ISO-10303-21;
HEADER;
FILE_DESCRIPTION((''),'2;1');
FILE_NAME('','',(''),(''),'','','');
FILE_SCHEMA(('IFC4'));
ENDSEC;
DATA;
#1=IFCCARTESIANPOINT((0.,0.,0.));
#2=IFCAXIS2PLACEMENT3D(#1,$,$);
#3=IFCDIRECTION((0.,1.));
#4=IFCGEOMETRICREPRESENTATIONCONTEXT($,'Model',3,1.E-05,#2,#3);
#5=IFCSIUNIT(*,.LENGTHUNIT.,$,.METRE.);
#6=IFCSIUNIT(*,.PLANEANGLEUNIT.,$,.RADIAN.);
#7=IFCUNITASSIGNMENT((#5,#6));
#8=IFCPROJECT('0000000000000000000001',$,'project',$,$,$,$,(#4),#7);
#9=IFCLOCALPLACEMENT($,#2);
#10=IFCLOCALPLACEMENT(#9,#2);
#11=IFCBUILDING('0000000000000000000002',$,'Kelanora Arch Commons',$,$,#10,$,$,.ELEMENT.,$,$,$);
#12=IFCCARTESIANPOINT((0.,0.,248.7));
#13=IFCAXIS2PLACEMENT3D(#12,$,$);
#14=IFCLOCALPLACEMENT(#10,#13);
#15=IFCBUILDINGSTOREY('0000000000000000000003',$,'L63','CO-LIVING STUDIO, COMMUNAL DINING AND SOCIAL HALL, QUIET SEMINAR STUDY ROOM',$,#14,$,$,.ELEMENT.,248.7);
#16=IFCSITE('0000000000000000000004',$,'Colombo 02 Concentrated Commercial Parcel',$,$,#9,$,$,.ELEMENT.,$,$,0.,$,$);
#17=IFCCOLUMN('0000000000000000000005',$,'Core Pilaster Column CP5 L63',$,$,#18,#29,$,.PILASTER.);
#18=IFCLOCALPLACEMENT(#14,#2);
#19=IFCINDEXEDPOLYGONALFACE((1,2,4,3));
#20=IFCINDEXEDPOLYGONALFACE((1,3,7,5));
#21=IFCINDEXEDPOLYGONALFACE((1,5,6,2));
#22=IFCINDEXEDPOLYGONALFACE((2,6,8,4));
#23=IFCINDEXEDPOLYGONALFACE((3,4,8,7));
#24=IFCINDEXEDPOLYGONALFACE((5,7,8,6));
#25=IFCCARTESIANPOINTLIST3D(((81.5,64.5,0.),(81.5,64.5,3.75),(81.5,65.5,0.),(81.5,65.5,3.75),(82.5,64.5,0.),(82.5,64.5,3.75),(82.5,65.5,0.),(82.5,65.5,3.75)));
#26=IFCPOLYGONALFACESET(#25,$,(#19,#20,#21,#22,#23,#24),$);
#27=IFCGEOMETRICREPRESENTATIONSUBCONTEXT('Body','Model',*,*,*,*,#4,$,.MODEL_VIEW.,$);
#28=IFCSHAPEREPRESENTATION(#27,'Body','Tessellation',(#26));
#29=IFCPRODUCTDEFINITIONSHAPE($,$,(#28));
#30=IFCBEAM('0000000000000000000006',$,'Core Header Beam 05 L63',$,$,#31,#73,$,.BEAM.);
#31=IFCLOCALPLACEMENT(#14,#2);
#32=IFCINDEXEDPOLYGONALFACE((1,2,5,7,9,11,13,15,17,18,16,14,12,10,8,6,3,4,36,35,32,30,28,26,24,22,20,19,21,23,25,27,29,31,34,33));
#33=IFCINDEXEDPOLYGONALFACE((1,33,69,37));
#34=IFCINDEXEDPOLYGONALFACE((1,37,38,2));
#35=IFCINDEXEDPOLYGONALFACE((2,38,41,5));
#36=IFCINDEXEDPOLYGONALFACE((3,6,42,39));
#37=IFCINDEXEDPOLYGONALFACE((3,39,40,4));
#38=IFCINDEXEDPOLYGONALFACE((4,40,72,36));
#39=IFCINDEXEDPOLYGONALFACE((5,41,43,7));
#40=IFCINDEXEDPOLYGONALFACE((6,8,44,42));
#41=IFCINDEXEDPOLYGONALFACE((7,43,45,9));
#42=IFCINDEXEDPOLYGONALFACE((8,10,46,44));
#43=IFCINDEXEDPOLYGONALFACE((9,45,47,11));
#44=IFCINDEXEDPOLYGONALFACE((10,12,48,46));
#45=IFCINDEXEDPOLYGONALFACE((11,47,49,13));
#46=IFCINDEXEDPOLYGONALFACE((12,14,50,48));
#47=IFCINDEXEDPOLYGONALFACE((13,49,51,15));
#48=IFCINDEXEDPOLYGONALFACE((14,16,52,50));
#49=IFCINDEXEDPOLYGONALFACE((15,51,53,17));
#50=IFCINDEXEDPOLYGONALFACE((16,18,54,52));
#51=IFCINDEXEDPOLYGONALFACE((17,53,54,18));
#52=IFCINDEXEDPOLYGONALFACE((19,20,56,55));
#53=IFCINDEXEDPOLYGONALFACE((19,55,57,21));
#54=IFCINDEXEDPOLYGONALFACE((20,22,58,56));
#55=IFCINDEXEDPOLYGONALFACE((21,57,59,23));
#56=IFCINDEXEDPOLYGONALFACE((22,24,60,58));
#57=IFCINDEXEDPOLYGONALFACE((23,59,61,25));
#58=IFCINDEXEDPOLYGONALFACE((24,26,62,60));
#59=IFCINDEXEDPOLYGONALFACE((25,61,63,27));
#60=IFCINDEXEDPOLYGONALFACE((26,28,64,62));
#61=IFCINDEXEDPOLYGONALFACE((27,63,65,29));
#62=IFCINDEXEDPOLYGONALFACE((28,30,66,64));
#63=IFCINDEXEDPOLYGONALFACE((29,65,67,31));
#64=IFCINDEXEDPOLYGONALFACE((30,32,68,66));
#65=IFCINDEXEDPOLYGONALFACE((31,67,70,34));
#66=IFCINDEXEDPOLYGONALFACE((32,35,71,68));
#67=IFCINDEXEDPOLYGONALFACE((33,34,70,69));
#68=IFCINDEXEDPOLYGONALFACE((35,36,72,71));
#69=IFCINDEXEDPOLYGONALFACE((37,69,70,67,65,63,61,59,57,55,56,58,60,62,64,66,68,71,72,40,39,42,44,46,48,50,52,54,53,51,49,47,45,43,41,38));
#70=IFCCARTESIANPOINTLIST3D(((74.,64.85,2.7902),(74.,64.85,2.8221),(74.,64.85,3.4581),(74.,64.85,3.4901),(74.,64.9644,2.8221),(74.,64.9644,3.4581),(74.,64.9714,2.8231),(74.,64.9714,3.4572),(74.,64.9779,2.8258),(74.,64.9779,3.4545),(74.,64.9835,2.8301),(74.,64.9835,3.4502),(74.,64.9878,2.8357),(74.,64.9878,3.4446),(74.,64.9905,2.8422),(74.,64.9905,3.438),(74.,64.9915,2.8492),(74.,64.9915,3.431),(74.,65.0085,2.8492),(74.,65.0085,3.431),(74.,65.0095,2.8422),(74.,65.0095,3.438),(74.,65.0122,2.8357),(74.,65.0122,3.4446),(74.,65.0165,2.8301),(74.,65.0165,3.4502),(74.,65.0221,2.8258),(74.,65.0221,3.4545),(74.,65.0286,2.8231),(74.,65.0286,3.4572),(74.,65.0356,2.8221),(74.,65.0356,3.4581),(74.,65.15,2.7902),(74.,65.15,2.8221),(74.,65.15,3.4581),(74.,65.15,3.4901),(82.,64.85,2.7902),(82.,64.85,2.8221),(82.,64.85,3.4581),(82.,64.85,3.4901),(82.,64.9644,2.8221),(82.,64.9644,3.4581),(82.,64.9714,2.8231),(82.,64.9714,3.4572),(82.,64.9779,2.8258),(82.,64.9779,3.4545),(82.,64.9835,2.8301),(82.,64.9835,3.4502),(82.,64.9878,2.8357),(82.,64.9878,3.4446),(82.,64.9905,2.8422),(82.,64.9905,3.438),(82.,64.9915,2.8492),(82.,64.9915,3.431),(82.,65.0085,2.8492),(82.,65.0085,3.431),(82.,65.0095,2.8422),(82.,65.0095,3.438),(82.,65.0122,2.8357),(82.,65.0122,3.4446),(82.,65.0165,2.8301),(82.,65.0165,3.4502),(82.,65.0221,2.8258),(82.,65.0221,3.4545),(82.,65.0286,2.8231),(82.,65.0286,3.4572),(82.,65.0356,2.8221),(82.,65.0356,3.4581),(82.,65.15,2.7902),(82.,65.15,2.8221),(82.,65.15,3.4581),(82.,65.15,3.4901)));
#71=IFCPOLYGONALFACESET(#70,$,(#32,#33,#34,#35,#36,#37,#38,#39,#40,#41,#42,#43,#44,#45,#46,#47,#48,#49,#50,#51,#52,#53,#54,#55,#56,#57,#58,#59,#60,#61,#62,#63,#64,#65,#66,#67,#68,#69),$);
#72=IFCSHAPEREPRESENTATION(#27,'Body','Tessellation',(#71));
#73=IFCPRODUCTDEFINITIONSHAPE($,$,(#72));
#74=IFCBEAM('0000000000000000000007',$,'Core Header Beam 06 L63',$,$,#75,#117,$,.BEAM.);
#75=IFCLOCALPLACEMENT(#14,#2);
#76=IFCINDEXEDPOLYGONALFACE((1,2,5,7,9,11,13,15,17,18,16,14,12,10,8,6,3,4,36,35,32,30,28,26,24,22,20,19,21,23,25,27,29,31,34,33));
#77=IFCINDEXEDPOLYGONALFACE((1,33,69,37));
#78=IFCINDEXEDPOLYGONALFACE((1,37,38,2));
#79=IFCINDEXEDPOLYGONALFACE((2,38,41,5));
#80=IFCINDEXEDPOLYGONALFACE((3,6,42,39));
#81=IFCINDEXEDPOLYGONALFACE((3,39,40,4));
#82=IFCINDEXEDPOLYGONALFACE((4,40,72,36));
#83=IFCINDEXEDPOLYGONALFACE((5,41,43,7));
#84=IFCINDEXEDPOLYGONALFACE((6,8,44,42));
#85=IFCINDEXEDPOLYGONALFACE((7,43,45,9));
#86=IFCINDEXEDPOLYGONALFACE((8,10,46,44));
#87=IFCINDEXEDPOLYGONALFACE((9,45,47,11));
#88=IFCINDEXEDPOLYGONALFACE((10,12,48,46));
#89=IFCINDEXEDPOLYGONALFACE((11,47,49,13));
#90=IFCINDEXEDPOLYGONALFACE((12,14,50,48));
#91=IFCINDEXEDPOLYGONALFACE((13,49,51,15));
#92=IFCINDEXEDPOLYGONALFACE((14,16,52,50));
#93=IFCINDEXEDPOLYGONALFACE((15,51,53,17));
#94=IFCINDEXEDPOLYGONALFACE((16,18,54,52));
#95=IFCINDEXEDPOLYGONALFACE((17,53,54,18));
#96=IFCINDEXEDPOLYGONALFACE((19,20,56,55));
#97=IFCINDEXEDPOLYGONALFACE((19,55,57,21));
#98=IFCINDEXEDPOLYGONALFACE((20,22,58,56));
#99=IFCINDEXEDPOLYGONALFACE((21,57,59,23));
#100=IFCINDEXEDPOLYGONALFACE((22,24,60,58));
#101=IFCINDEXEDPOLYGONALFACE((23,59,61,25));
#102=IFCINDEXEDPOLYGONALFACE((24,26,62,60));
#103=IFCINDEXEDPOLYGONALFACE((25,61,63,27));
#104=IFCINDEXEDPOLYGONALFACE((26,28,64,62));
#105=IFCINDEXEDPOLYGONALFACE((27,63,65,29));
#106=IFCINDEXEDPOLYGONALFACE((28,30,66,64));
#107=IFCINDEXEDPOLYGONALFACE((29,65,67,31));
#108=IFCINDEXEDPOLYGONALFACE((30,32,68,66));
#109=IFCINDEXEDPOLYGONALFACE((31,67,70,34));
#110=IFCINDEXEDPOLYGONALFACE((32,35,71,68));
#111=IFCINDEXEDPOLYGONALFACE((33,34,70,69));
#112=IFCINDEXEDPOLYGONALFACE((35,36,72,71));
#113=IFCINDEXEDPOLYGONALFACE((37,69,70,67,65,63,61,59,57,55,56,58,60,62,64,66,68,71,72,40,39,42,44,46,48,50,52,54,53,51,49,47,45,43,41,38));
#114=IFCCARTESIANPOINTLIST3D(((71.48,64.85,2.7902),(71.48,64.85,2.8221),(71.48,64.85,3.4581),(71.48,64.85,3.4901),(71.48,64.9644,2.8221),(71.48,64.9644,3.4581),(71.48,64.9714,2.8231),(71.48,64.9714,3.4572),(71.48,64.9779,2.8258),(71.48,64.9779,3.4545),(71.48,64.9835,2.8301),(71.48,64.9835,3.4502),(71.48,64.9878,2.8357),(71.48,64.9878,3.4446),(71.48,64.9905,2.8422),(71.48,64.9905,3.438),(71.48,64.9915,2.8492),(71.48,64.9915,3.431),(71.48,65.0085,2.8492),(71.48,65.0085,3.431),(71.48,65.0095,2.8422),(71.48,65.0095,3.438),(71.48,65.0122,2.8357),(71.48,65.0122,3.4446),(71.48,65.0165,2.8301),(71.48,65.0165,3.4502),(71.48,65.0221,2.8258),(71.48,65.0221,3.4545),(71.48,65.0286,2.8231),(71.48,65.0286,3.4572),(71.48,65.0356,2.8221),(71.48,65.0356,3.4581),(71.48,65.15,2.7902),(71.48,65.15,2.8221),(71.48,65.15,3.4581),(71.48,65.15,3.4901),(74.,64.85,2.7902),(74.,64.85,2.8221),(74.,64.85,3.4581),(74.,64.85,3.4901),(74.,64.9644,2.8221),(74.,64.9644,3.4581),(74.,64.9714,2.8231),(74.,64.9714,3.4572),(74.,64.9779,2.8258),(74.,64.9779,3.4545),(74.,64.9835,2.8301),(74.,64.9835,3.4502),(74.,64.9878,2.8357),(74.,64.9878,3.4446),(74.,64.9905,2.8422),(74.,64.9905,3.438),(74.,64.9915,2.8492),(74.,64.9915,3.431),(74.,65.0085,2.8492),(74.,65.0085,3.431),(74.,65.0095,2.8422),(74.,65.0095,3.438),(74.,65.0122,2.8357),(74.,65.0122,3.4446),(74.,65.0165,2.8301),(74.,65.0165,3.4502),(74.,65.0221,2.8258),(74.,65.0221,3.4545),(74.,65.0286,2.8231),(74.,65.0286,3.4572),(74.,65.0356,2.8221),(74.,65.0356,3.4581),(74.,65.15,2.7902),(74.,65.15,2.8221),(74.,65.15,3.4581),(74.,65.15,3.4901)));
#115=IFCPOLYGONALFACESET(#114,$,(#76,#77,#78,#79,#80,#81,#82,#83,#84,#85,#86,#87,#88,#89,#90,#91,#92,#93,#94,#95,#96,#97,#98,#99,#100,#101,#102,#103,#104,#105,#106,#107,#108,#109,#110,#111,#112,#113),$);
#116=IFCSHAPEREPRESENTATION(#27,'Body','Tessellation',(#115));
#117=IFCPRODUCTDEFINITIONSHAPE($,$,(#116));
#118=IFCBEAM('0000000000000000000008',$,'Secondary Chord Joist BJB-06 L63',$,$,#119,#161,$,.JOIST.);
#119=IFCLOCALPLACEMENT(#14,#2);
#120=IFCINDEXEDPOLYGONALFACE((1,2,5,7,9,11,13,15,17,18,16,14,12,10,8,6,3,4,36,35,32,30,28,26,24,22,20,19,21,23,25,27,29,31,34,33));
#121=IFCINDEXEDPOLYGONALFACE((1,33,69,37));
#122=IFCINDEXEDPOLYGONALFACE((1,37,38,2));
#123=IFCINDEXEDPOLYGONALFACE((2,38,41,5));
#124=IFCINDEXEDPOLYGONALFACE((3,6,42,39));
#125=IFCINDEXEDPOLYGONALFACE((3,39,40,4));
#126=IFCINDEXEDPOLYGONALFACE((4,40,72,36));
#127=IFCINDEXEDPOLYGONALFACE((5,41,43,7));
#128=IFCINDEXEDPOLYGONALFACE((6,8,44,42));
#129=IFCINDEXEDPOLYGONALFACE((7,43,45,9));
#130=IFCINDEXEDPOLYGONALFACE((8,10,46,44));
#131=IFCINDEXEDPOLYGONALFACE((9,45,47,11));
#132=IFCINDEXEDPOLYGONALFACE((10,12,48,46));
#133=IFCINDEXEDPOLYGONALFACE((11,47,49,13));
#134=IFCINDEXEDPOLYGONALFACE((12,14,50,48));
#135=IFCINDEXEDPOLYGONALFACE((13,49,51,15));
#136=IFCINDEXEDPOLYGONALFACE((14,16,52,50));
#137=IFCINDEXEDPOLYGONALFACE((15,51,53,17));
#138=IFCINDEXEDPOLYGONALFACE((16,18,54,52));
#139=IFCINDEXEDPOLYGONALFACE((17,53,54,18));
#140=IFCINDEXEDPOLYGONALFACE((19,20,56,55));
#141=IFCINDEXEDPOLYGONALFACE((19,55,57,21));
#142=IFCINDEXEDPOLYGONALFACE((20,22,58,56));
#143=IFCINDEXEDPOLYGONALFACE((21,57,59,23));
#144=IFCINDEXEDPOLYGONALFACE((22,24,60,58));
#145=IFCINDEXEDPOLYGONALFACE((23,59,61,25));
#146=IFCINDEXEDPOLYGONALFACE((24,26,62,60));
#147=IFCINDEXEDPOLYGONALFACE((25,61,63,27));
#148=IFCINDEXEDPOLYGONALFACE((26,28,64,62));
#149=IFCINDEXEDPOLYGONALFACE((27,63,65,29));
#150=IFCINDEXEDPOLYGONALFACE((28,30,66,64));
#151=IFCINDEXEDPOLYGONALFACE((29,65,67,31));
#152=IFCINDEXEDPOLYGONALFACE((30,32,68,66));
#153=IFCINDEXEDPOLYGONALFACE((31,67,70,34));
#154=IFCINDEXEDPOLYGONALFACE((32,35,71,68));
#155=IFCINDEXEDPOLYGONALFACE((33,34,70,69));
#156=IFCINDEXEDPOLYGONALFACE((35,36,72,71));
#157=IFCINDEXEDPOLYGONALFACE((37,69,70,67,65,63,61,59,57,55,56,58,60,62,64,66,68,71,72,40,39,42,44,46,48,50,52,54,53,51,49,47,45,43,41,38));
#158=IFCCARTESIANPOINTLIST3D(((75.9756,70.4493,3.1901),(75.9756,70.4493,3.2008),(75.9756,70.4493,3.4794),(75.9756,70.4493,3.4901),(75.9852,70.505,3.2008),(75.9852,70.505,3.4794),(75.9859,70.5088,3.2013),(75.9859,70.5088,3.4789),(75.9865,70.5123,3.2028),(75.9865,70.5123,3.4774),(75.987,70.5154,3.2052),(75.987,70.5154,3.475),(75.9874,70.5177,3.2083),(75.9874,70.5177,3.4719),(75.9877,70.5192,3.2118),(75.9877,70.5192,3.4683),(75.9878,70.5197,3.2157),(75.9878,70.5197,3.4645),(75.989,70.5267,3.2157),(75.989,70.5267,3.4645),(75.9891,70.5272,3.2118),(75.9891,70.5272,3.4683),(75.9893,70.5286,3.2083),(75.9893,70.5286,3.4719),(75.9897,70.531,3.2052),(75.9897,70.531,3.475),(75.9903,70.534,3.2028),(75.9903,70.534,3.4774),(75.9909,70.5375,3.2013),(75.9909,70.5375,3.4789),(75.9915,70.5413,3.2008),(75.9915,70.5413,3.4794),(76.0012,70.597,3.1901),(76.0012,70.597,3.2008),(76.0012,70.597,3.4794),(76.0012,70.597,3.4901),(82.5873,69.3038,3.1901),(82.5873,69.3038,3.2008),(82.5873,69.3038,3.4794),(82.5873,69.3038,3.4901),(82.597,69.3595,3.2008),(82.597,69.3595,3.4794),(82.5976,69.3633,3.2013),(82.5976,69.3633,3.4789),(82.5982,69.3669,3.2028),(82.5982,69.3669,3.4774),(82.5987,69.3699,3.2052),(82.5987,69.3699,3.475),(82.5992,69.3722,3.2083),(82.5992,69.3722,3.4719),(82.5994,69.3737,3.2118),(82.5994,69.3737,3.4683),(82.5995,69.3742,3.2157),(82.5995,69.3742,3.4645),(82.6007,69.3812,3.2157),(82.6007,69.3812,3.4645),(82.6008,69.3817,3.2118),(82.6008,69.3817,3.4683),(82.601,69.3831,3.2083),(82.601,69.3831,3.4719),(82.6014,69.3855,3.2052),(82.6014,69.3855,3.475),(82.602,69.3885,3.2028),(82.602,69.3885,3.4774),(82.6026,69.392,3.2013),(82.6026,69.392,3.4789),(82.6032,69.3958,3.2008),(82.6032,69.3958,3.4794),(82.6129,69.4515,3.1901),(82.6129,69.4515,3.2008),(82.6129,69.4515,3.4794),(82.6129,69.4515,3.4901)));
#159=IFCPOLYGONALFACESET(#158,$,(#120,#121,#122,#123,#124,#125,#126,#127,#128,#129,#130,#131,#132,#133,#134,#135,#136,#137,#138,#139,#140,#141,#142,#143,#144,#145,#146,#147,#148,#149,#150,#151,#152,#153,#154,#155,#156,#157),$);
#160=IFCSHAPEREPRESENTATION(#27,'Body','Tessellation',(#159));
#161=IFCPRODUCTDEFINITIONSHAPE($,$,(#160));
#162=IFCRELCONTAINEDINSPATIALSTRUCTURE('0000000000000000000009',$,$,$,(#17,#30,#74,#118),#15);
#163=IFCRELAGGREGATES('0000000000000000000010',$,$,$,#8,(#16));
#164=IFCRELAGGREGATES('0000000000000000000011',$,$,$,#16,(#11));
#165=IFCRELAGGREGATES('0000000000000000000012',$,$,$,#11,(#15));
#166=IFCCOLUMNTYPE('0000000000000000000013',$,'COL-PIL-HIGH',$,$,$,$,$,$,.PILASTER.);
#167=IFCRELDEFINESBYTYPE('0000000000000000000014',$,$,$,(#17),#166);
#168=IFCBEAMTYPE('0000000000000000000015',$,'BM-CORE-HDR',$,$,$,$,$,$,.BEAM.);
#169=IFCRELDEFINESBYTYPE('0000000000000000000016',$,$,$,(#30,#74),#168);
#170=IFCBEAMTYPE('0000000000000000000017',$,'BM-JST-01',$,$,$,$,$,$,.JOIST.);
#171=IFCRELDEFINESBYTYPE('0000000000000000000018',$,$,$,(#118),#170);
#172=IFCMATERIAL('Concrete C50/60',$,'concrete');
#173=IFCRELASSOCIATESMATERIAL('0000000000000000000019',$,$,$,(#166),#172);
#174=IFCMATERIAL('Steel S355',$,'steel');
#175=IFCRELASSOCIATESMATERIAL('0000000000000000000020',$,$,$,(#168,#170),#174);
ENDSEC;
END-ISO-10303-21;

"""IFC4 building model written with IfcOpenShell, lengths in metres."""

from ifc_helpers import new_model, si_unit, direction, frame, origin, origin_2d, place, context, subcontext, project, spatial, rectangle, i_section, extrude, material, material_profile, profile_set, type_object, element, save


model = new_model("IFC4")

# Units and contexts
model_context = context("Model", 3, precision=1e-05, world=origin(), true_north=direction((0.0, 1.0)))
body_context = subcontext(model_context, "Body", "Model", "MODEL_VIEW")
ifc_project = project(units=[si_unit("LENGTHUNIT", "METRE"), si_unit("PLANEANGLEUNIT", "RADIAN")], contexts=[model_context])

# Site, building, storey
site_placement = place(None, origin())
site = spatial("IfcSite", under=ifc_project, at=site_placement, Name="Colombo 02 Concentrated Commercial Parcel", CompositionType="ELEMENT", RefElevation=0.0)
building_placement = place(site_placement, origin())
building = spatial("IfcBuilding", under=site, at=building_placement, Name="Kelanora Arch Commons", CompositionType="ELEMENT")
storey_placement = place(building_placement, frame((0.0, 0.0, 248.7)))
storey = spatial("IfcBuildingStorey", under=building, at=storey_placement, Name="L63", Description="CO-LIVING STUDIO, COMMUNAL DINING AND SOCIAL HALL, QUIET SEMINAR STUDY ROOM", CompositionType="ELEMENT", Elevation=248.7)

# Column
ifc_material_1 = material(Name="Concrete C50/60", Category="concrete")
ifc_material_profile_1 = material_profile(ifc_material_1, rectangle(XDim=1.0, YDim=1.0, at=origin_2d()), Name="RC1000x1000")
ifc_profile_set_1 = profile_set([ifc_material_profile_1], Name="Concrete C50/60")
column_type = type_object("IfcColumnType", Name="COL-PIL-HIGH", PredefinedType="PILASTER", material=ifc_profile_set_1)
column_placement = place(storey_placement, frame((82.0, 65.0, 0.0), z_axis=(0.0, 0.0, 1.0), x_axis=(1.0, 0.0, 0.0)))
element("IfcColumn", 1, at=column_placement, inside=storey, type_object=column_type, Name="Core Pilaster Column CP5 L63", PredefinedType="PILASTER", context=body_context, shape_type="SweptSolid", body=[
    extrude(rectangle(XDim=1.0, YDim=1.0, at=origin_2d()), origin(), (0.0, 0.0, 1.0), 3.75),
])

# Beams
ifc_material_2 = material(Name="Steel S355", Category="steel")
ifc_material_profile_2 = material_profile(ifc_material_2, i_section(OverallWidth=0.3, OverallDepth=0.7, WebThickness=0.0171, FlangeThickness=0.032, FilletRadius=0.0271, at=origin_2d()), Name="HEB700")
ifc_profile_set_2 = profile_set([ifc_material_profile_2], Name="Steel S355")
beam_type_1 = type_object("IfcBeamType", Name="BM-CORE-HDR", PredefinedType="BEAM", material=ifc_profile_set_2)
beam_1_placement = place(storey_placement, frame((82.0, 65.0, 3.1401), z_axis=(-1.0, 0.0, 0.0), x_axis=(0.0, -1.0, 0.0)))
element("IfcBeam", 2, at=beam_1_placement, inside=storey, type_object=beam_type_1, Name="Core Header Beam 05 L63", PredefinedType="BEAM", context=body_context, shape_type="SweptSolid", body=[
    extrude(i_section(OverallWidth=0.3, OverallDepth=0.7, WebThickness=0.0171, FlangeThickness=0.032, FilletRadius=0.0271, at=origin_2d()), origin(), (0.0, 0.0, 1.0), 8.0),
])
beam_2_placement = place(storey_placement, frame((74.0, 65.0, 3.1401), z_axis=(-1.0, 0.0, 0.0), x_axis=(0.0, -1.0, 0.0)))
element("IfcBeam", 3, at=beam_2_placement, inside=storey, type_object=beam_type_1, Name="Core Header Beam 06 L63", PredefinedType="BEAM", context=body_context, shape_type="SweptSolid", body=[
    extrude(i_section(OverallWidth=0.3, OverallDepth=0.7, WebThickness=0.0171, FlangeThickness=0.032, FilletRadius=0.0271, at=origin_2d()), origin(), (0.0, 0.0, 1.0), 2.52),
])
ifc_material_profile_3 = material_profile(ifc_material_2, i_section(OverallWidth=0.1499, OverallDepth=0.3, WebThickness=0.0071, FlangeThickness=0.0107, FilletRadius=0.0149, at=origin_2d()), Name="IPE300")
ifc_profile_set_3 = profile_set([ifc_material_profile_3], Name="Steel S355")
beam_type_2 = type_object("IfcBeamType", Name="BM-JST-01", PredefinedType="JOIST", material=ifc_profile_set_3)
beam_3_placement = place(storey_placement, frame((82.6001, 69.3777, 3.3401), z_axis=(-0.985322, 0.170709, 0.0), x_axis=(-0.170709, -0.985322, 0.0)))
element("IfcBeam", 4, at=beam_3_placement, inside=storey, type_object=beam_type_2, Name="Secondary Chord Joist BJB-06 L63", PredefinedType="JOIST", context=body_context, shape_type="SweptSolid", body=[
    extrude(i_section(OverallWidth=0.1499, OverallDepth=0.3, WebThickness=0.0071, FlangeThickness=0.0107, FilletRadius=0.0149, at=origin_2d()), origin(), (0.0, 0.0, 1.0), 6.7102),
])

save(model, "model.ifc")
